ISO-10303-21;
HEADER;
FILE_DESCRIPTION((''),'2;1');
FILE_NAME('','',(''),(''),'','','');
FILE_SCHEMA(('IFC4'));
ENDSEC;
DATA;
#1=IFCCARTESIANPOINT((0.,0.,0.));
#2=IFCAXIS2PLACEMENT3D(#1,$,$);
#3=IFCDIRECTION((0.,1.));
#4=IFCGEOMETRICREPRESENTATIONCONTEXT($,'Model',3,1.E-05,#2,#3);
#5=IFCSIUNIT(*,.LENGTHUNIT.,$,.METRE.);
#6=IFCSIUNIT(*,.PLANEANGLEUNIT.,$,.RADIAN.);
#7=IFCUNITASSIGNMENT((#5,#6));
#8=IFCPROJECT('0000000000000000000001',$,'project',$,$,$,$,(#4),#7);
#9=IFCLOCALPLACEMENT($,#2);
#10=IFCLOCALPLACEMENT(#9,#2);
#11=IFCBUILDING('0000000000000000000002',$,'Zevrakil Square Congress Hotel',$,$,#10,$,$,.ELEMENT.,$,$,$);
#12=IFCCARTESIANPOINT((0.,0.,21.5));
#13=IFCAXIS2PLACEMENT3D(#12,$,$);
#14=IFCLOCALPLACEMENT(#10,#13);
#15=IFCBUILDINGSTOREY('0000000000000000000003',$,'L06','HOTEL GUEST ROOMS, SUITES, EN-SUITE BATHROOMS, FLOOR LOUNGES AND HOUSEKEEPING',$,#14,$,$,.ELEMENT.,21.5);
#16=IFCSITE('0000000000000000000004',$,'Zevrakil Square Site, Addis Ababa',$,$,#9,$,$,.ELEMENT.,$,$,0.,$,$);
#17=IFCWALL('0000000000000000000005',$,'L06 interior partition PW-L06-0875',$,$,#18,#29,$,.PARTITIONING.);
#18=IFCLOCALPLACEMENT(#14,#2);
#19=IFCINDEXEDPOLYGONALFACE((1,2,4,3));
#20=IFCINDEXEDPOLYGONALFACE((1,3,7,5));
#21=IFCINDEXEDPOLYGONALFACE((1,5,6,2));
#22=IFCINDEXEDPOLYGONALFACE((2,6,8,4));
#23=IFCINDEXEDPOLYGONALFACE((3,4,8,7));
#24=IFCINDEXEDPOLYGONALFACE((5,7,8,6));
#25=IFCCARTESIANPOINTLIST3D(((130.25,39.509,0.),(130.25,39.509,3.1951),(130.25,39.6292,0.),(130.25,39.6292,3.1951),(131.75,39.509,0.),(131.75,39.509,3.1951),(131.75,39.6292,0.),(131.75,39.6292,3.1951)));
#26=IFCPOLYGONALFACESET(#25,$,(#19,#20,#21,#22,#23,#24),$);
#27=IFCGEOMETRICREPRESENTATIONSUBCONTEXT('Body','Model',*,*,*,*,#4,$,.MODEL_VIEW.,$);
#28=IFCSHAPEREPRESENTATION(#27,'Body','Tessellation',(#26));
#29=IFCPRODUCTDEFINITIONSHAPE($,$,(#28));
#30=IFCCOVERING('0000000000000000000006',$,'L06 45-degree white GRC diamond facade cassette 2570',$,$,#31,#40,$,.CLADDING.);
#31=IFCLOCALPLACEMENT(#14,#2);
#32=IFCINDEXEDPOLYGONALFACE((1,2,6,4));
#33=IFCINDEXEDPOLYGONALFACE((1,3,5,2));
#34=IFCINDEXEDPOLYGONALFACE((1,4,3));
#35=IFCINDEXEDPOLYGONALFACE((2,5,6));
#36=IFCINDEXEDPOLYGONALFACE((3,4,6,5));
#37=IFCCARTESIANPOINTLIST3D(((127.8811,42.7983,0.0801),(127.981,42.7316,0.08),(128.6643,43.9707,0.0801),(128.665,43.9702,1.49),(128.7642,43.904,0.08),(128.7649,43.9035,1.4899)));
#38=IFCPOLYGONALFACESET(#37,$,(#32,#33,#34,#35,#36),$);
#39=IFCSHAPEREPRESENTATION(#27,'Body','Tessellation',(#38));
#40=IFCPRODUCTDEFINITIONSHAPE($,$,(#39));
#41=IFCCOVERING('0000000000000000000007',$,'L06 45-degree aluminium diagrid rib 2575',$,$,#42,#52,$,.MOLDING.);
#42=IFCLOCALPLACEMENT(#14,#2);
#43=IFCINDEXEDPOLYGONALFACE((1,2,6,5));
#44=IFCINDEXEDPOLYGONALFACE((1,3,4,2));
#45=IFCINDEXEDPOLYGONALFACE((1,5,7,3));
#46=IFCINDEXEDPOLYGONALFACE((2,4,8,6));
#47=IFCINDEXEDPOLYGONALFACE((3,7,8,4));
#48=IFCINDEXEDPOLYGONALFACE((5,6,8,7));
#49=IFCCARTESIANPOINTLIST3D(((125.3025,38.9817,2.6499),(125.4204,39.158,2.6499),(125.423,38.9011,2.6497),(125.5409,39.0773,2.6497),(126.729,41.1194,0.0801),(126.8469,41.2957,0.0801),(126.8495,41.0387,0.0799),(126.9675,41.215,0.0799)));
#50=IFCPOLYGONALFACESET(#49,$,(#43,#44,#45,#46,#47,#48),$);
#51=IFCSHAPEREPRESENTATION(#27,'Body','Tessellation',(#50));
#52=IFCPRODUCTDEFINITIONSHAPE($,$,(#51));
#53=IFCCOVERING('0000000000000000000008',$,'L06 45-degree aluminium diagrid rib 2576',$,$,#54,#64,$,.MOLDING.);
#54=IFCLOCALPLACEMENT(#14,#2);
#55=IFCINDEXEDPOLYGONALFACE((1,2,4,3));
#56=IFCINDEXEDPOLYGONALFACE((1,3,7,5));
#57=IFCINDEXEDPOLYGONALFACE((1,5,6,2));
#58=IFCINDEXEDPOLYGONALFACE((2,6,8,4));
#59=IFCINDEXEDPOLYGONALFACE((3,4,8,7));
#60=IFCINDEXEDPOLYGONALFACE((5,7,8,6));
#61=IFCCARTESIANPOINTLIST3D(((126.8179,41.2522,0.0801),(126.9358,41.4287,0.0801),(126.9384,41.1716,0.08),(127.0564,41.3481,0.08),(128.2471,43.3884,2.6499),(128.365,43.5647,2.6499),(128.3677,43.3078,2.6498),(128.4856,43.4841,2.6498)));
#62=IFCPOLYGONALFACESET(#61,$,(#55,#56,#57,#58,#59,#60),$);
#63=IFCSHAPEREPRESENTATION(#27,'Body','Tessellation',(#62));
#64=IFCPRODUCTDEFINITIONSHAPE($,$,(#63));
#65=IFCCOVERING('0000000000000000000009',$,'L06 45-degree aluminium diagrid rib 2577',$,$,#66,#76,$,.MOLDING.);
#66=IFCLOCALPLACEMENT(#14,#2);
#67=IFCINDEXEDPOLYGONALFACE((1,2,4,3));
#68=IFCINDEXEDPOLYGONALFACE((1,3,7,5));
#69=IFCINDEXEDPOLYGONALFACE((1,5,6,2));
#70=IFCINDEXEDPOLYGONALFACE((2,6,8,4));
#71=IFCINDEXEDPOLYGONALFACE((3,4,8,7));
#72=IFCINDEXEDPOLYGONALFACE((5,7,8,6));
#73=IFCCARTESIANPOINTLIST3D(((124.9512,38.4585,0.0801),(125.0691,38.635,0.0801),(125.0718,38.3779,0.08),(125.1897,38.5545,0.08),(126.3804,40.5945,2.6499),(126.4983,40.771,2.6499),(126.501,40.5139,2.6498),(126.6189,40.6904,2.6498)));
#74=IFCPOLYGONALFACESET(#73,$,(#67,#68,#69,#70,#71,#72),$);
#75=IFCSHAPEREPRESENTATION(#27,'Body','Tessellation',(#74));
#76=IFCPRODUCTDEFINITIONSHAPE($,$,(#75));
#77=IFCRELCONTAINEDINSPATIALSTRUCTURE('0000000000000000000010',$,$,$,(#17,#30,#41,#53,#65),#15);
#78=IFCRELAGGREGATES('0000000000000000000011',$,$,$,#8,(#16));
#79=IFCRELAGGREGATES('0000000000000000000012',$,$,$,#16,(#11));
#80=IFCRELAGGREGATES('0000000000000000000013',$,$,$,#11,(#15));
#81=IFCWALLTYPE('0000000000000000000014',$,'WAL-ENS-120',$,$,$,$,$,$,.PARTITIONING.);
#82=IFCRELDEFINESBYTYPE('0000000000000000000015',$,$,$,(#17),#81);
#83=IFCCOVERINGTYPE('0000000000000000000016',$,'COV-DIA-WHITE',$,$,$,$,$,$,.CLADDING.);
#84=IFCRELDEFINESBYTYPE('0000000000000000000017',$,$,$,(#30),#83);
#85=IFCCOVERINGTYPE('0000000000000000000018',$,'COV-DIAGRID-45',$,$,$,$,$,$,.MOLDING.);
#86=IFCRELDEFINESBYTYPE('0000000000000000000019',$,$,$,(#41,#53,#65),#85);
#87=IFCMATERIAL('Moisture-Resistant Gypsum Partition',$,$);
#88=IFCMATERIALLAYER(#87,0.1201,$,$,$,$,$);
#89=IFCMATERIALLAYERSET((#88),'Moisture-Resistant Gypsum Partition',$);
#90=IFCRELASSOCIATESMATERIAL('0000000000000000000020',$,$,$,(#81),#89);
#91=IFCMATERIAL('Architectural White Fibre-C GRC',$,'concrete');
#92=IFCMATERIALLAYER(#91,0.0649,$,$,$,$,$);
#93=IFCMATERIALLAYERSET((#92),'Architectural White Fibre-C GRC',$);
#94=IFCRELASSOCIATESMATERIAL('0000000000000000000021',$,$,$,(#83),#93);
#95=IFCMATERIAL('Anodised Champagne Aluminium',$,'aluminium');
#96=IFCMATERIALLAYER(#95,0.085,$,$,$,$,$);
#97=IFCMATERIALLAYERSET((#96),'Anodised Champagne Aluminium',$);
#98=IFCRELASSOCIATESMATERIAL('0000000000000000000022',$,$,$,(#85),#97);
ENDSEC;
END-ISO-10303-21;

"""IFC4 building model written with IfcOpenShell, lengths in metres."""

from ifc_helpers import new_model, si_unit, direction, frame, frame_2d, origin, place, context, subcontext, project, spatial, polyline, rectangle, outline, extrude, material, layer, layer_set, type_object, element, save


model = new_model("IFC4")

# Units and contexts
model_context = context("Model", 3, precision=1e-05, world=origin(), true_north=direction((0.0, 1.0)))
body_context = subcontext(model_context, "Body", "Model", "MODEL_VIEW")
ifc_project = project(units=[si_unit("LENGTHUNIT", "METRE"), si_unit("PLANEANGLEUNIT", "RADIAN")], contexts=[model_context])

# Site, building, storey
site_placement = place(None, origin())
site = spatial("IfcSite", under=ifc_project, at=site_placement, Name="Zevrakil Square Site, Addis Ababa", CompositionType="ELEMENT", RefElevation=0.0)
building_placement = place(site_placement, origin())
building = spatial("IfcBuilding", under=site, at=building_placement, Name="Zevrakil Square Congress Hotel", CompositionType="ELEMENT")
storey_placement = place(building_placement, frame((0.0, 0.0, 21.5)))
storey = spatial("IfcBuildingStorey", under=building, at=storey_placement, Name="L06", Description="HOTEL GUEST ROOMS, SUITES, EN-SUITE BATHROOMS, FLOOR LOUNGES AND HOUSEKEEPING", CompositionType="ELEMENT", Elevation=21.5)

# Wall
ifc_material_1 = material(Name="Moisture-Resistant Gypsum Partition")
ifc_layer_1 = layer(ifc_material_1, 0.1201)
ifc_layer_set_1 = layer_set([ifc_layer_1], Name="Moisture-Resistant Gypsum Partition")
wall_type = type_object("IfcWallType", Name="WAL-ENS-120", PredefinedType="PARTITIONING", material=ifc_layer_set_1)
wall_placement = place(storey_placement, frame((130.25, 39.5691, 0.0), z_axis=(0.0, 0.0, 1.0), x_axis=(1.0, 0.0, 0.0)))
element("IfcWall", 1, at=wall_placement, inside=storey, type_object=wall_type, Name="L06 interior partition PW-L06-0875", PredefinedType="PARTITIONING", context=body_context, shape_type="SweptSolid", body=[
    extrude(rectangle(XDim=1.5, YDim=0.1201, at=frame_2d((0.75, 0.0))), origin(), (0.0, 0.0, 1.0), 3.1951),
])

# Coverings
ifc_material_2 = material(Name="Architectural White Fibre-C GRC", Category="concrete")
ifc_layer_2 = layer(ifc_material_2, 0.0649)
ifc_layer_set_2 = layer_set([ifc_layer_2], Name="Architectural White Fibre-C GRC")
covering_type_1 = type_object("IfcCoveringType", Name="COV-DIA-WHITE", PredefinedType="CLADDING", material=ifc_layer_set_2)
covering_1_placement = place(storey_placement, frame((127.8811, 42.7983, 0.0801), z_axis=(-0.831517, 0.555499, 0.000624), x_axis=(0.555499, 0.831517, 0.0)))
element("IfcCovering", 2, at=covering_1_placement, inside=storey, type_object=covering_type_1, Name="L06 45-degree white GRC diamond facade cassette 2570", PredefinedType="CLADDING", context=body_context, shape_type="SweptSolid", body=[
    extrude(outline(polyline([(0.0, 0.0), (1.4099, 0.0), (1.4099, -1.4099), (0.0, 0.0)])), origin(), (0.0, 0.0, -1.0), 0.1201),
])
ifc_material_3 = material(Name="Anodised Champagne Aluminium", Category="aluminium")
ifc_layer_3 = layer(ifc_material_3, 0.085)
ifc_layer_set_3 = layer_set([ifc_layer_3], Name="Anodised Champagne Aluminium")
covering_type_2 = type_object("IfcCoveringType", Name="COV-DIAGRID-45", PredefinedType="MOLDING", material=ifc_layer_set_3)
covering_2_placement = place(storey_placement, frame((126.729, 41.1194, 0.0801), z_axis=(-0.831163, 0.556027, 0.001149), x_axis=(0.556028, 0.831164, 0.0)))
element("IfcCovering", 3, at=covering_2_placement, inside=storey, type_object=covering_type_2, Name="L06 45-degree aluminium diagrid rib 2575", PredefinedType="MOLDING", context=body_context, shape_type="SweptSolid", body=[
    extrude(outline(polyline([(0.0, 0.0), (0.2121, 0.0), (-2.3579, -2.5698), (-2.57, -2.5698), (0.0, 0.0)])), origin(), (0.0, 0.0, -1.0), 0.145),
])
covering_3_placement = place(storey_placement, frame((128.365, 43.5647, 2.6499), z_axis=(-0.831341, 0.555762, 0.000383), x_axis=(-0.555762, -0.831342, 0.0)))
element("IfcCovering", 4, at=covering_3_placement, inside=storey, type_object=covering_type_2, Name="L06 45-degree aluminium diagrid rib 2576", PredefinedType="MOLDING", context=body_context, shape_type="SweptSolid", body=[
    extrude(outline(polyline([(0.0, 0.0), (0.2121, 0.0), (2.7823, -2.5698), (2.57, -2.5698), (0.0, 0.0)])), origin(), (0.0, 0.0, -1.0), 0.145),
])
covering_4_placement = place(storey_placement, frame((126.4983, 40.771, 2.6499), z_axis=(-0.831519, 0.555496, 0.000729), x_axis=(-0.555496, -0.831519, 0.0)))
element("IfcCovering", 5, at=covering_4_placement, inside=storey, type_object=covering_type_2, Name="L06 45-degree aluminium diagrid rib 2577", PredefinedType="MOLDING", context=body_context, shape_type="SweptSolid", body=[
    extrude(outline(polyline([(0.0, 0.0), (0.2123, 0.0), (2.7823, -2.5698), (2.57, -2.5698), (0.0, 0.0)])), origin(), (0.0, 0.0, -1.0), 0.145),
])

save(model, "model.ifc")
